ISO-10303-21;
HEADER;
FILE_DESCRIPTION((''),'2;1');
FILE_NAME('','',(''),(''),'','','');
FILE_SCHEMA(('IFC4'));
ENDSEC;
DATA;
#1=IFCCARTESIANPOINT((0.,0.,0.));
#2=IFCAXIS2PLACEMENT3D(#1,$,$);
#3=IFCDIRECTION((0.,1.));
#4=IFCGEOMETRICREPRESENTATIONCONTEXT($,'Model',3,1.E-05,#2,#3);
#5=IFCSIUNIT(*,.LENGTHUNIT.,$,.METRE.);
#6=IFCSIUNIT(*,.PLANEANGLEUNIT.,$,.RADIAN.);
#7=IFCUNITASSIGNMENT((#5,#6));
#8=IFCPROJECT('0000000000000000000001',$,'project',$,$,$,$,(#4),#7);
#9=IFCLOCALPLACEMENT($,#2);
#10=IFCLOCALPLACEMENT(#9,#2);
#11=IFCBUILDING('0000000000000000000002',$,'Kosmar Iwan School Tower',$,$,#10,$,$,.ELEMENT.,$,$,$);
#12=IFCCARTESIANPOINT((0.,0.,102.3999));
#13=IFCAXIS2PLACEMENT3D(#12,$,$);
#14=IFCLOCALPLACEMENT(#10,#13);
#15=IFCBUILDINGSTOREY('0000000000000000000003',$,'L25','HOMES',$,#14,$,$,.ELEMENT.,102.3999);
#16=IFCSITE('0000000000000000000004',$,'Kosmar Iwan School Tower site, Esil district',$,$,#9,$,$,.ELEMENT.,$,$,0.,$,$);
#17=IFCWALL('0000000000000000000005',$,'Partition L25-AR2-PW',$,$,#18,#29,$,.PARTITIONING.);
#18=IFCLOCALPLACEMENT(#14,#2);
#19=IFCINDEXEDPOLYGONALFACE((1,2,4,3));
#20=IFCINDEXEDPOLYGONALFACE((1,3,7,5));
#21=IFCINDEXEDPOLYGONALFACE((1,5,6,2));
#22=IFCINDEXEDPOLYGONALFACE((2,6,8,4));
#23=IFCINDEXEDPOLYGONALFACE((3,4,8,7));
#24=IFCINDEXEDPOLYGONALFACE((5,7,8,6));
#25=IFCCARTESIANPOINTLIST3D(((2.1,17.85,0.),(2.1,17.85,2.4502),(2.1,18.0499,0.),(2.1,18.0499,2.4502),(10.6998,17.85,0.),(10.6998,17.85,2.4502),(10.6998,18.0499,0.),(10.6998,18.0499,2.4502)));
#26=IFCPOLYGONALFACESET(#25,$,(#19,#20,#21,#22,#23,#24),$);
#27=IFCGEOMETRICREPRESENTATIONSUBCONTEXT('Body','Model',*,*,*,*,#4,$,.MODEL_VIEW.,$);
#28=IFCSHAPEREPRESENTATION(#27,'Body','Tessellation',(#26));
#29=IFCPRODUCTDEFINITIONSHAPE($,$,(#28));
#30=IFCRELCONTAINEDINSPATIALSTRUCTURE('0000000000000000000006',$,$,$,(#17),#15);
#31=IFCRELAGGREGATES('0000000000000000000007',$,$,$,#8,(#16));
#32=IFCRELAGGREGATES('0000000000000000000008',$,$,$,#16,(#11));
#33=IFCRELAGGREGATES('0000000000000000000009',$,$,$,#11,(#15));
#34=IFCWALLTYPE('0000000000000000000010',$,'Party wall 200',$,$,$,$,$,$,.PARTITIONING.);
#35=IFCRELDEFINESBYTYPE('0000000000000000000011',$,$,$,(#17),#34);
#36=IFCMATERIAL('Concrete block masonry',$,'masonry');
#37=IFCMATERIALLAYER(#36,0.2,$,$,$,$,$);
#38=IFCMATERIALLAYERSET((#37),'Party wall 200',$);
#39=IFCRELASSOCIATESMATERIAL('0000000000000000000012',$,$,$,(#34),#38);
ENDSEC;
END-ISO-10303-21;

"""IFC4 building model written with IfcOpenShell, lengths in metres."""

from ifc_helpers import new_model, si_unit, direction, frame, frame_2d, origin, place, context, subcontext, project, spatial, rectangle, extrude, material, layer, layer_set, type_object, element, save


model = new_model("IFC4")

# Units and contexts
model_context = context("Model", 3, precision=1e-05, world=origin(), true_north=direction((0.0, 1.0)))
body_context = subcontext(model_context, "Body", "Model", "MODEL_VIEW")
ifc_project = project(units=[si_unit("LENGTHUNIT", "METRE"), si_unit("PLANEANGLEUNIT", "RADIAN")], contexts=[model_context])

# Site, building, storey
site_placement = place(None, origin())
site = spatial("IfcSite", under=ifc_project, at=site_placement, Name="Kosmar Iwan School Tower site, Esil district", CompositionType="ELEMENT", RefElevation=0.0)
building_placement = place(site_placement, origin())
building = spatial("IfcBuilding", under=site, at=building_placement, Name="Kosmar Iwan School Tower", CompositionType="ELEMENT")
storey_placement = place(building_placement, frame((0.0, 0.0, 102.3999)))
storey = spatial("IfcBuildingStorey", under=building, at=storey_placement, Name="L25", Description="HOMES", CompositionType="ELEMENT", Elevation=102.3999)

# Wall
ifc_material_1 = material(Name="Concrete block masonry", Category="masonry")
ifc_layer_1 = layer(ifc_material_1, 0.2)
ifc_layer_set_1 = layer_set([ifc_layer_1], Name="Party wall 200")
wall_type_1 = type_object("IfcWallType", Name="Party wall 200", PredefinedType="PARTITIONING", material=ifc_layer_set_1)
wall_1_placement = place(storey_placement, frame((2.1001, 17.95, 0.0), z_axis=(0.0, 0.0, 1.0), x_axis=(1.0, 0.0, 0.0)))
element("IfcWall", 1, at=wall_1_placement, inside=storey, type_object=wall_type_1, Name="Partition L25-AR2-PW", PredefinedType="PARTITIONING", context=body_context, shape_type="SweptSolid", body=[
    extrude(rectangle(XDim=8.5999, YDim=0.2, at=frame_2d((4.2998, 0.0))), origin(), (0.0, 0.0, 1.0), 2.4502),
])

save(model, "model.ifc")
